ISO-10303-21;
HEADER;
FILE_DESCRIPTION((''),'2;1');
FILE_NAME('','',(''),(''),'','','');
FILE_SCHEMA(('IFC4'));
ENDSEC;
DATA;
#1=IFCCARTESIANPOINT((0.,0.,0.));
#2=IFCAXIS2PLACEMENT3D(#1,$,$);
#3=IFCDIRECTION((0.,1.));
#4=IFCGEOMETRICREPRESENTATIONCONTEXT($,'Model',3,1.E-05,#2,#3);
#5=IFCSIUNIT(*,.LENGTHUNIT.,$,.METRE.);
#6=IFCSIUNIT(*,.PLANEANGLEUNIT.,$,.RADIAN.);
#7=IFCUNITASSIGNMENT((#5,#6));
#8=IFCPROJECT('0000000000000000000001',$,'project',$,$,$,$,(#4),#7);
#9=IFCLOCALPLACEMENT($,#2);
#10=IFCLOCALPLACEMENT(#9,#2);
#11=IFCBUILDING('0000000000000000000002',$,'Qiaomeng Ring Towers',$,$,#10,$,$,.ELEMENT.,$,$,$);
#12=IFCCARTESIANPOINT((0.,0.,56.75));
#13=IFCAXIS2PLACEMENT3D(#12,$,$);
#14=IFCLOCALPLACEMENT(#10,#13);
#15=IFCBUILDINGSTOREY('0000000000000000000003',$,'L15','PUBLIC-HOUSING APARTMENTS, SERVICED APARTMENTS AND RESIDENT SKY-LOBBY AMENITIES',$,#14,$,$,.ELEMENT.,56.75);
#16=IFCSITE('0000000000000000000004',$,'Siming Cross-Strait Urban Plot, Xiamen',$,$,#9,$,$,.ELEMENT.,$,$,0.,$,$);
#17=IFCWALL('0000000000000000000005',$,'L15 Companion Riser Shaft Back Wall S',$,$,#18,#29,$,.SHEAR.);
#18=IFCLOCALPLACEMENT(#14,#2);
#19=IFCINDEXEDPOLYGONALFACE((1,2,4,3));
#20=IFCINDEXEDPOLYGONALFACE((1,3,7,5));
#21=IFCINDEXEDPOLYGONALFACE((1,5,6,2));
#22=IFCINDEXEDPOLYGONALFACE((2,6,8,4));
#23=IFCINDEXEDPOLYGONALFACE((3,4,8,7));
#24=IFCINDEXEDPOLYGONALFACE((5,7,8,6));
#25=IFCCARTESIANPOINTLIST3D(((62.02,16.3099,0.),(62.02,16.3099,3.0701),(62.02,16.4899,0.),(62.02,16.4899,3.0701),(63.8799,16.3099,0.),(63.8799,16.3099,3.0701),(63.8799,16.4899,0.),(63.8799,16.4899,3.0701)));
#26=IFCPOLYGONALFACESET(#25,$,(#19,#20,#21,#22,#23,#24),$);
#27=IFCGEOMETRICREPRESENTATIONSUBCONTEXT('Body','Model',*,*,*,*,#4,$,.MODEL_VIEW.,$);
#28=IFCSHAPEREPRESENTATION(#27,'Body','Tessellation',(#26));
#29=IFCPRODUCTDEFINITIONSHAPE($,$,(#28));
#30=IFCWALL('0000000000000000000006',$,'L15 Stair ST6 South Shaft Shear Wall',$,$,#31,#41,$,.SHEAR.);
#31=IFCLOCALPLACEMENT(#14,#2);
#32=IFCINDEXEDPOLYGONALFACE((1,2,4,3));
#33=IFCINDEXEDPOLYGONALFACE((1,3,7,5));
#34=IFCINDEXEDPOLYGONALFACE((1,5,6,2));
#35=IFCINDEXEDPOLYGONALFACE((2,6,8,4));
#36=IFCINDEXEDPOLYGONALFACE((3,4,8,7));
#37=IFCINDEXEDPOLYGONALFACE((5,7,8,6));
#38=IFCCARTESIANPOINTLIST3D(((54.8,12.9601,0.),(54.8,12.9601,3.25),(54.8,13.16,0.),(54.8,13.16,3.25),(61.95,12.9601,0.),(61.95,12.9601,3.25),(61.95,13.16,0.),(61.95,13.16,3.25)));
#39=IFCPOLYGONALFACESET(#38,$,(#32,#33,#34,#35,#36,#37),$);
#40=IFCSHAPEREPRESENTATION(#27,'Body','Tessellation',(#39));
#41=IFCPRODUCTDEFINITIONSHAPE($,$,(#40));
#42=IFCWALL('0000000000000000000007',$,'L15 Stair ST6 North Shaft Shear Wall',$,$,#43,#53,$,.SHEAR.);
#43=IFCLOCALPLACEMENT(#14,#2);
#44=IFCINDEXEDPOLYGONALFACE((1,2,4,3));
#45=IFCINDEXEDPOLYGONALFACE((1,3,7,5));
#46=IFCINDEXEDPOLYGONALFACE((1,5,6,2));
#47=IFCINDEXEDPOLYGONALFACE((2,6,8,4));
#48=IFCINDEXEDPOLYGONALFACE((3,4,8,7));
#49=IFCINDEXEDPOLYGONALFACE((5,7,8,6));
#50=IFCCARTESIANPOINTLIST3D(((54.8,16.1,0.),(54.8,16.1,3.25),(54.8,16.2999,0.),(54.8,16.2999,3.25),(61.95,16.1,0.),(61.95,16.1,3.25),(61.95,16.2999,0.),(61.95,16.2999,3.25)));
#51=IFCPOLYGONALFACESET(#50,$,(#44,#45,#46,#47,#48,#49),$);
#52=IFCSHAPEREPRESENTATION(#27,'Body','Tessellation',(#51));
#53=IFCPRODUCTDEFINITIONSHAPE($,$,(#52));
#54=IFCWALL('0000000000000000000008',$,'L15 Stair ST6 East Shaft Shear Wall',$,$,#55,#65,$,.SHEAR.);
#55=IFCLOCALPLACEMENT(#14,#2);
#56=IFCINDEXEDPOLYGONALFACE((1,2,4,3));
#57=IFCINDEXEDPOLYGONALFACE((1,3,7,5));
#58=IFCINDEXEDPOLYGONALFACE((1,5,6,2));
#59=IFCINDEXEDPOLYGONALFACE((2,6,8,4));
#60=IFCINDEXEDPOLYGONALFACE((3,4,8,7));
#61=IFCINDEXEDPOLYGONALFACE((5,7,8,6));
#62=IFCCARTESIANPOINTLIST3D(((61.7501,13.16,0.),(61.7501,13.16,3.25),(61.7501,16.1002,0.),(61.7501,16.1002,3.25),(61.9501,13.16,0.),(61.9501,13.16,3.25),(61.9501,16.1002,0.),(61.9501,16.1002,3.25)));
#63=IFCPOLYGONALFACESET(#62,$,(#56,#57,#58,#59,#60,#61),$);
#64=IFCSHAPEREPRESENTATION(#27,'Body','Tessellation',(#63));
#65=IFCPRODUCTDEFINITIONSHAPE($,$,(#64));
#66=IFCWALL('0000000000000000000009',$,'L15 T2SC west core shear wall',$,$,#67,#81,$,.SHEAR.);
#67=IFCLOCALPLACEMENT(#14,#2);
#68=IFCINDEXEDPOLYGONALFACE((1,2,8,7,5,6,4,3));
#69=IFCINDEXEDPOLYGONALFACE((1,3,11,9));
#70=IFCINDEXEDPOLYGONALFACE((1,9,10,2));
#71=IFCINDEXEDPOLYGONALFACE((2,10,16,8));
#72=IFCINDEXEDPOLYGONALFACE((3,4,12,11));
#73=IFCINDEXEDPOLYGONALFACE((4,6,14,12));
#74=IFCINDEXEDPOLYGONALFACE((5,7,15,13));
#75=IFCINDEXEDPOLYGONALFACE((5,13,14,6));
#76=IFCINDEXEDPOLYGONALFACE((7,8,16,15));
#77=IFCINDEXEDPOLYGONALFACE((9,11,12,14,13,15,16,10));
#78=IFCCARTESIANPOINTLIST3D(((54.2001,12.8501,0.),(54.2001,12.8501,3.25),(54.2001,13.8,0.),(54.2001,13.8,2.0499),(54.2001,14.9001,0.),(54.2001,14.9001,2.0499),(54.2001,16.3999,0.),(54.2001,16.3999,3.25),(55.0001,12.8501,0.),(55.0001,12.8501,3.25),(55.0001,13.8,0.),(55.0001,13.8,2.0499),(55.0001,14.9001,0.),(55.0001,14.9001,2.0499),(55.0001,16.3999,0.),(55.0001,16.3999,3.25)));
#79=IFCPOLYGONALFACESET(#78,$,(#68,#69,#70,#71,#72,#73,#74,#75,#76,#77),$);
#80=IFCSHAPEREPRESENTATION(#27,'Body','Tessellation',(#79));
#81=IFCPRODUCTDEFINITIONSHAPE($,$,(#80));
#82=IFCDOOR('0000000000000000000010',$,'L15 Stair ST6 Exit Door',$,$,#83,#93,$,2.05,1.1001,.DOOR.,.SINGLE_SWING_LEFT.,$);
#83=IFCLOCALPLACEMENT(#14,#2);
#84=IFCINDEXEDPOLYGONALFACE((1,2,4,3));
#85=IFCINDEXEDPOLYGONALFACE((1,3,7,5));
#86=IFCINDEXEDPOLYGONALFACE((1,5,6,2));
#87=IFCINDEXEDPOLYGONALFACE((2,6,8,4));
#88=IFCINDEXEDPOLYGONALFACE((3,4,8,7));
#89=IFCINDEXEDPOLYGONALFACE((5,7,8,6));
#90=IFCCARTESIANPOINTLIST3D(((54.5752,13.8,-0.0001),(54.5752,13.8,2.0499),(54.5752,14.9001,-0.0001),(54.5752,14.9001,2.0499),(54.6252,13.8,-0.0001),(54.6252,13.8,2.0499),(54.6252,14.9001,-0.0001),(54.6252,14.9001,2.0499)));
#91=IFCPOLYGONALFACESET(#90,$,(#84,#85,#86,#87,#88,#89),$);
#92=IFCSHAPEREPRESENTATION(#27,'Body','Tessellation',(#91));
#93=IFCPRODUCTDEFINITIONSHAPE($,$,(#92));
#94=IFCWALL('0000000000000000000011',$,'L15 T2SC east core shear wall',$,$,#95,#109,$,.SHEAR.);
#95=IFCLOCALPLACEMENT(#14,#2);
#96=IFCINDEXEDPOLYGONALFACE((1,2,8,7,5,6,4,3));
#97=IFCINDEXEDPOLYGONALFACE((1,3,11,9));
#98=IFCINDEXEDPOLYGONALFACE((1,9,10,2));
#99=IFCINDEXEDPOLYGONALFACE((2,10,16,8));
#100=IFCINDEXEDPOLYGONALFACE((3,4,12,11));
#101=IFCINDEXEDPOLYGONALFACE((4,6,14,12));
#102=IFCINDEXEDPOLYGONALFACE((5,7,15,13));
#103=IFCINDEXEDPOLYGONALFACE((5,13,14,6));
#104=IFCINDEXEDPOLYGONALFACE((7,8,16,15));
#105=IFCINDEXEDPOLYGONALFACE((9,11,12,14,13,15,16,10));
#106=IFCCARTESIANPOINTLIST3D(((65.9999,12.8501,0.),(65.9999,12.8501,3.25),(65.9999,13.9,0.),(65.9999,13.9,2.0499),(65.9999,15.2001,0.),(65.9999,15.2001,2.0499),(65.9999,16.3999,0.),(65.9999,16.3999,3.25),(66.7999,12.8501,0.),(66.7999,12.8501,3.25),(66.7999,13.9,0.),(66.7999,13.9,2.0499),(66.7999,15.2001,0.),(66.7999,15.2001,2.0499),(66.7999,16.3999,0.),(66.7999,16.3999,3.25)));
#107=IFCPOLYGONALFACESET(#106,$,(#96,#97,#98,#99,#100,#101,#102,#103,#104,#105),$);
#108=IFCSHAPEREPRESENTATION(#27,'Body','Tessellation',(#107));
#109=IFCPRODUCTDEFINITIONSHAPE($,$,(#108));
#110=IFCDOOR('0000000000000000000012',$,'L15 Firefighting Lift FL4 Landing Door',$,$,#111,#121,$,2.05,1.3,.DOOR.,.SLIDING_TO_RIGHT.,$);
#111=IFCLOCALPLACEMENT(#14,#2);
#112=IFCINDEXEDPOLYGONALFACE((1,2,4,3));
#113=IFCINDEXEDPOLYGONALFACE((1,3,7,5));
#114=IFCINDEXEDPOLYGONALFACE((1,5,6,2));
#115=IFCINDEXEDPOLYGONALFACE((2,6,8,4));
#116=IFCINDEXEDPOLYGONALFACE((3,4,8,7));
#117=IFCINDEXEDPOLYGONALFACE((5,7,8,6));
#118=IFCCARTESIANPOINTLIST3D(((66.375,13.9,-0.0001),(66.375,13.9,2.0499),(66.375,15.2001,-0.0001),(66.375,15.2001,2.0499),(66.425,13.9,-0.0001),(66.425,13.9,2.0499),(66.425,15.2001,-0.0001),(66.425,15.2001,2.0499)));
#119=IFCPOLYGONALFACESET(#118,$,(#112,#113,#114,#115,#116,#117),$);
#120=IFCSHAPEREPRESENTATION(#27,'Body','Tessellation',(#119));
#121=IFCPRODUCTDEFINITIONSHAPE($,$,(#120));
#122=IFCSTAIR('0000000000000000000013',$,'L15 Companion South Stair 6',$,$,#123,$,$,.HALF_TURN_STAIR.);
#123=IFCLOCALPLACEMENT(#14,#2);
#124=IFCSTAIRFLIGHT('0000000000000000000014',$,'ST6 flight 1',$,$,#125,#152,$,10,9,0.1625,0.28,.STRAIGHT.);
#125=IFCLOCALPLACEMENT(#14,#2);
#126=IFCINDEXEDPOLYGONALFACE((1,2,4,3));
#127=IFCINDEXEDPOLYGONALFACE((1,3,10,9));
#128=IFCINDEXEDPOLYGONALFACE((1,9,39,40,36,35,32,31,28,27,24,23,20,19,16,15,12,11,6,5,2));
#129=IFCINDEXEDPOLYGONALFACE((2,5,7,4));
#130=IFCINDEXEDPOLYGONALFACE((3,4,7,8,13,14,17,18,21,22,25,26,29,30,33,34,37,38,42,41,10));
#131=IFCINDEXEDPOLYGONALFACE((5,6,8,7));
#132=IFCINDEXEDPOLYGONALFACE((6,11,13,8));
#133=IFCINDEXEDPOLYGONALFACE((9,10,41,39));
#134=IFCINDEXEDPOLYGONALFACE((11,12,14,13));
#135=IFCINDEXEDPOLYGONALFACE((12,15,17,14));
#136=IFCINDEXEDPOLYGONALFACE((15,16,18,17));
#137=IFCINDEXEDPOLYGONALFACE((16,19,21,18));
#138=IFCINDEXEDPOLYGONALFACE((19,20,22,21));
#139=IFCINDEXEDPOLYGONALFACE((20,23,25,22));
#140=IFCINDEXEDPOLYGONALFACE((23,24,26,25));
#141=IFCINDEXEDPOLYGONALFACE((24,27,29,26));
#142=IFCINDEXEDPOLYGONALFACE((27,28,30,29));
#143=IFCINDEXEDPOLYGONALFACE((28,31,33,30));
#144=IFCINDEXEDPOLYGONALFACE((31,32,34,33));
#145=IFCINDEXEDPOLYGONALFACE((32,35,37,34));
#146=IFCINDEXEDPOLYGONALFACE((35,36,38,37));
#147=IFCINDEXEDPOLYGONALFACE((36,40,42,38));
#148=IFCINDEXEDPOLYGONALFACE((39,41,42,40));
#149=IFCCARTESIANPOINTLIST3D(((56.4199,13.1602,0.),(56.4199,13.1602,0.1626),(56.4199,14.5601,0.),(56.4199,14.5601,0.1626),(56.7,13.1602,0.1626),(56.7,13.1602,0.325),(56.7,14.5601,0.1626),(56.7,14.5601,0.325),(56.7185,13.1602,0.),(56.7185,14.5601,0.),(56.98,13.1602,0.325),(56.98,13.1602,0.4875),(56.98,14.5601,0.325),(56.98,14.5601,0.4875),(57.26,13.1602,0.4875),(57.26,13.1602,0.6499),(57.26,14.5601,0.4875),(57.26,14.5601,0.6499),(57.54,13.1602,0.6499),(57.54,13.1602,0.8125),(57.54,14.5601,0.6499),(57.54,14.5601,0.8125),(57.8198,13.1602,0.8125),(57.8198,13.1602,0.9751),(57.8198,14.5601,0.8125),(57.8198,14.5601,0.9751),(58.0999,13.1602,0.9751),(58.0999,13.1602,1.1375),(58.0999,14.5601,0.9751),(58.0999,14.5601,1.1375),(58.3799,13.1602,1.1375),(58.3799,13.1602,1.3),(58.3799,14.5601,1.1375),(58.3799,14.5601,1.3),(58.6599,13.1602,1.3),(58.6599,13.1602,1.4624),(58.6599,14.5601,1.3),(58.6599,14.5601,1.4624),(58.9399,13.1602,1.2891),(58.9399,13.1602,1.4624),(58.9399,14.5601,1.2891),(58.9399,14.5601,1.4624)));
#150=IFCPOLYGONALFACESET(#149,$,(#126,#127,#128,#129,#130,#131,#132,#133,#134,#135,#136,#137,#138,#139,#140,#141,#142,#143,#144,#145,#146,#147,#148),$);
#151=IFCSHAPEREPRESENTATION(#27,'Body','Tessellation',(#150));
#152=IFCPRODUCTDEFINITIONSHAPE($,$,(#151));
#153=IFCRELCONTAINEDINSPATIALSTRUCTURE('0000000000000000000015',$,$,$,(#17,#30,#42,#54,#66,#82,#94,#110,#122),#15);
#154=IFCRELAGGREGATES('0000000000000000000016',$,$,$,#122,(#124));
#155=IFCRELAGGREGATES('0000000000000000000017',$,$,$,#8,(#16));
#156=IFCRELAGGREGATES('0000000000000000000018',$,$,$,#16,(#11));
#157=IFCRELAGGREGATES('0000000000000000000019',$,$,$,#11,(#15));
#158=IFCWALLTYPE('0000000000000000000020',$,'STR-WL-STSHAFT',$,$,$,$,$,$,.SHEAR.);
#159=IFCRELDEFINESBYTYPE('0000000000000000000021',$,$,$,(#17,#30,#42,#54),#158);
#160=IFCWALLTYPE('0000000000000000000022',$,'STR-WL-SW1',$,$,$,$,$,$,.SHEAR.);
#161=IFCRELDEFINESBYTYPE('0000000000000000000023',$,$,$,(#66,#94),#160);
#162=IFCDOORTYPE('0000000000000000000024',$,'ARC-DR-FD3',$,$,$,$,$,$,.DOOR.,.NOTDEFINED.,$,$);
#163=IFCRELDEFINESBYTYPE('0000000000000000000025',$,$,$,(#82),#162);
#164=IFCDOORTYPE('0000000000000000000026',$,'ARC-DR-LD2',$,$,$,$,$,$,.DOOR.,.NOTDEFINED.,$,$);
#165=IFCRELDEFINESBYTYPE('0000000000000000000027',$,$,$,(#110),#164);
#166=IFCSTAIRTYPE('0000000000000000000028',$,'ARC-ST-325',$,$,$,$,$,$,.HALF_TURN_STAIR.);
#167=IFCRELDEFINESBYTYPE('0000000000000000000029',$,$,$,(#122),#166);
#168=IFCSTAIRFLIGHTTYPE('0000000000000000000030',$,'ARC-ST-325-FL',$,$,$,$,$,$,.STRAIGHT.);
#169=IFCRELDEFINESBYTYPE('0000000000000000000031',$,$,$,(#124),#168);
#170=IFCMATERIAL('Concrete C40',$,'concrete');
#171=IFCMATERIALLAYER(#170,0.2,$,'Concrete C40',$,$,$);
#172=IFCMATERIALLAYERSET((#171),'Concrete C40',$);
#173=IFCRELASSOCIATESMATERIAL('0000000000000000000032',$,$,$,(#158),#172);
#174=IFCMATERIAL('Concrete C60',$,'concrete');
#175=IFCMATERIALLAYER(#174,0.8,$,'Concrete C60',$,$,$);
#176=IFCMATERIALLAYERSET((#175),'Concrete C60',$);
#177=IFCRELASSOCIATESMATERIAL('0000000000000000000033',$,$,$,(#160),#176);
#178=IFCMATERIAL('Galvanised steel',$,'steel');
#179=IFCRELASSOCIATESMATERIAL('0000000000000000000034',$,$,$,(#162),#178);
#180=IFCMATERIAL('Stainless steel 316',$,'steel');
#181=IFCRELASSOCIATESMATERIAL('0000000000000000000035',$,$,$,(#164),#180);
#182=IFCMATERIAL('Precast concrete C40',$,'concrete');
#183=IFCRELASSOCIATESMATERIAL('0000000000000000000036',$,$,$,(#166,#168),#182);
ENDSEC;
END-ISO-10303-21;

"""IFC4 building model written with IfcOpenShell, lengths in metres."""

from ifc_helpers import new_model, si_unit, direction, frame, frame_2d, origin, place, context, subcontext, project, spatial, polyline, rectangle, outline, extrude, source, transform, mapped, material, layer, layer_set, type_object, element, fill, aggregate, save


model = new_model("IFC4")

# Units and contexts
model_context = context("Model", 3, precision=1e-05, world=origin(), true_north=direction((0.0, 1.0)))
body_context = subcontext(model_context, "Body", "Model", "MODEL_VIEW")
ifc_project = project(units=[si_unit("LENGTHUNIT", "METRE"), si_unit("PLANEANGLEUNIT", "RADIAN")], contexts=[model_context])

# Site, building, storey
site_placement = place(None, origin())
site = spatial("IfcSite", under=ifc_project, at=site_placement, Name="Siming Cross-Strait Urban Plot, Xiamen", CompositionType="ELEMENT", RefElevation=0.0)
building_placement = place(site_placement, origin())
building = spatial("IfcBuilding", under=site, at=building_placement, Name="Qiaomeng Ring Towers", CompositionType="ELEMENT")
storey_placement = place(building_placement, frame((0.0, 0.0, 56.75)))
storey = spatial("IfcBuildingStorey", under=building, at=storey_placement, Name="L15", Description="PUBLIC-HOUSING APARTMENTS, SERVICED APARTMENTS AND RESIDENT SKY-LOBBY AMENITIES", CompositionType="ELEMENT", Elevation=56.75)

# Walls
ifc_material_1 = material(Name="Concrete C40", Category="concrete")
ifc_layer_1 = layer(ifc_material_1, 0.2, Name="Concrete C40")
ifc_layer_set_1 = layer_set([ifc_layer_1], Name="Concrete C40")
wall_type_1 = type_object("IfcWallType", Name="STR-WL-STSHAFT", PredefinedType="SHEAR", material=ifc_layer_set_1)
for number, where, z_axis, x_axis, name in (
    (1, (62.02, 16.3999, 0.0), (0.0, 0.0, 1.0), (1.0, 0.0, 0.0), "L15 Companion Riser Shaft Back Wall S"),
):
    element("IfcWall", number, at=place(storey_placement, frame(where, z_axis=z_axis, x_axis=x_axis)), inside=storey, type_object=wall_type_1, Name=name, PredefinedType="SHEAR", context=body_context, shape_type="SweptSolid", body=[
        extrude(rectangle(XDim=1.8599, YDim=0.1799, at=frame_2d((0.9299, 0.0))), origin(), (0.0, 0.0, 1.0), 3.0701),
    ])
for number, where, z_axis, x_axis, name in (
    (2, (54.8, 13.0601, 0.0), (0.0, 0.0, 1.0), (1.0, 0.0, 0.0), "L15 Stair ST6 South Shaft Shear Wall"),
    (3, (54.8, 16.2, 0.0), (0.0, 0.0, 1.0), (1.0, 0.0, 0.0), "L15 Stair ST6 North Shaft Shear Wall"),
):
    element("IfcWall", number, at=place(storey_placement, frame(where, z_axis=z_axis, x_axis=x_axis)), inside=storey, type_object=wall_type_1, Name=name, PredefinedType="SHEAR", context=body_context, shape_type="SweptSolid", body=[
        extrude(rectangle(XDim=7.1499, YDim=0.2, at=frame_2d((3.575, 0.0))), origin(), (0.0, 0.0, 1.0), 3.25),
    ])
wall_1_placement = place(storey_placement, frame((61.8501, 13.1599, 0.0), z_axis=(0.0, 0.0, 1.0), x_axis=(0.0, 1.0, 0.0)))
element("IfcWall", 4, at=wall_1_placement, inside=storey, type_object=wall_type_1, Name="L15 Stair ST6 East Shaft Shear Wall", PredefinedType="SHEAR", context=body_context, shape_type="SweptSolid", body=[
    extrude(rectangle(XDim=2.9402, YDim=0.2, at=frame_2d((1.4702, 0.0))), origin(), (0.0, 0.0, 1.0), 3.25),
])

# Walls, openings, doors
ifc_material_2 = material(Name="Concrete C60", Category="concrete")
ifc_layer_2 = layer(ifc_material_2, 0.8, Name="Concrete C60")
ifc_layer_set_2 = layer_set([ifc_layer_2], Name="Concrete C60")
wall_type_2 = type_object("IfcWallType", Name="STR-WL-SW1", PredefinedType="SHEAR", material=ifc_layer_set_2)
wall_2_placement = place(storey_placement, frame((54.6001, 12.8501, 0.0), z_axis=(0.0, 0.0, 1.0), x_axis=(0.0, 1.0, 0.0)))
wall_2 = element("IfcWall", 5, at=wall_2_placement, inside=storey, type_object=wall_type_2, Name="L15 T2SC west core shear wall", PredefinedType="SHEAR", context=body_context, shape_type="SweptSolid", body=[
    extrude(rectangle(XDim=3.5498, YDim=0.8, at=frame_2d((1.7749, 0.0))), origin(), (0.0, 0.0, 1.0), 3.25),
])
opening_1_placement = place(wall_2_placement, frame((0.95, 0.0, 0.0)))
opening_1 = element("IfcOpeningElement", 6, at=opening_1_placement, cuts=wall_2, PredefinedType="OPENING", context=body_context, shape_type="SweptSolid", body=[
    extrude(rectangle(XDim=1.1001, YDim=2.05, at=frame_2d((0.55, 1.0249))), frame((0.0, 0.4099, 0.0), z_axis=(0.0, -1.0, 0.0), x_axis=(1.0, 0.0, 0.0)), (0.0, 0.0, 1.0), 0.8201),
])
ifc_material_3 = material(Name="Galvanised steel", Category="steel")
door_type_1 = type_object("IfcDoorType", Name="ARC-DR-FD3", OperationType="NOTDEFINED", PredefinedType="DOOR", material=ifc_material_3)
shared_shape_1 = source(origin(), body_context, "Body", "SweptSolid", [
    extrude(rectangle(XDim=1.1001, YDim=2.05, at=frame_2d((0.55, 1.0249))), frame((0.0, 0.0249, 0.0), z_axis=(0.0, -1.0, 0.0), x_axis=(1.0, 0.0, 0.0)), (0.0, 0.0, 1.0), 0.05),
])
door_1_placement = place(opening_1_placement, origin())
door_1 = element("IfcDoor", 7, at=door_1_placement, inside=storey, type_object=door_type_1, Name="L15 Stair ST6 Exit Door", OperationType="SINGLE_SWING_LEFT", OverallHeight=2.05, OverallWidth=1.1001, PredefinedType="DOOR", context=body_context, shape_type="MappedRepresentation", body=[
    mapped(shared_shape_1, transform((0.0, 0.0, 0.0), x_axis=(1.0, 0.0, 0.0), y_axis=(0.0, 1.0, 0.0), z_axis=(0.0, 0.0, 1.0), scale=1.0)),
])
fill(opening_1, door_1)
wall_3_placement = place(storey_placement, frame((66.3999, 12.8501, 0.0), z_axis=(0.0, 0.0, 1.0), x_axis=(0.0, 1.0, 0.0)))
wall_3 = element("IfcWall", 8, at=wall_3_placement, inside=storey, type_object=wall_type_2, Name="L15 T2SC east core shear wall", PredefinedType="SHEAR", context=body_context, shape_type="SweptSolid", body=[
    extrude(rectangle(XDim=3.5498, YDim=0.8, at=frame_2d((1.7749, 0.0))), origin(), (0.0, 0.0, 1.0), 3.25),
])
opening_2_placement = place(wall_3_placement, frame((1.05, 0.0, 0.0)))
opening_2 = element("IfcOpeningElement", 9, at=opening_2_placement, cuts=wall_3, PredefinedType="OPENING", context=body_context, shape_type="SweptSolid", body=[
    extrude(rectangle(XDim=1.3, YDim=2.05, at=frame_2d((0.6499, 1.0249))), frame((0.0, 0.4099, 0.0), z_axis=(0.0, -1.0, 0.0), x_axis=(1.0, 0.0, 0.0)), (0.0, 0.0, 1.0), 0.8201),
])
ifc_material_4 = material(Name="Stainless steel 316", Category="steel")
door_type_2 = type_object("IfcDoorType", Name="ARC-DR-LD2", OperationType="NOTDEFINED", PredefinedType="DOOR", material=ifc_material_4)
shared_shape_2 = source(origin(), body_context, "Body", "SweptSolid", [
    extrude(rectangle(XDim=1.3, YDim=2.05, at=frame_2d((0.6499, 1.0249))), frame((0.0, 0.0249, 0.0), z_axis=(0.0, -1.0, 0.0), x_axis=(1.0, 0.0, 0.0)), (0.0, 0.0, 1.0), 0.05),
])
door_2_placement = place(opening_2_placement, origin())
door_2 = element("IfcDoor", 10, at=door_2_placement, inside=storey, type_object=door_type_2, Name="L15 Firefighting Lift FL4 Landing Door", OperationType="SLIDING_TO_RIGHT", OverallHeight=2.05, OverallWidth=1.3, PredefinedType="DOOR", context=body_context, shape_type="MappedRepresentation", body=[
    mapped(shared_shape_2, transform((0.0, 0.0, 0.0), x_axis=(1.0, 0.0, 0.0), y_axis=(0.0, 1.0, 0.0), z_axis=(0.0, 0.0, 1.0), scale=1.0)),
])
fill(opening_2, door_2)

# Stair, stair flight
ifc_material_5 = material(Name="Precast concrete C40", Category="concrete")
stair_type = type_object("IfcStairType", Name="ARC-ST-325", PredefinedType="HALF_TURN_STAIR", material=ifc_material_5)
stair_placement = place(storey_placement, origin())
stair = element("IfcStair", 11, at=stair_placement, inside=storey, type_object=stair_type, Name="L15 Companion South Stair 6", PredefinedType="HALF_TURN_STAIR")
stair_flight_type = type_object("IfcStairFlightType", Name="ARC-ST-325-FL", PredefinedType="STRAIGHT", material=ifc_material_5)
shared_shape_3 = source(origin(), body_context, "Body", "SweptSolid", [
    extrude(outline(polyline([(0.0, 0.0), (0.0, 0.1626), (0.28, 0.1626), (0.28, 0.325), (0.5601, 0.325), (0.5601, 0.4875), (0.8401, 0.4875), (0.8401, 0.6499), (1.1201, 0.6499), (1.1201, 0.8125), (1.3999, 0.8125), (1.3999, 0.9751), (1.6799, 0.9751), (1.6799, 1.1375), (1.96, 1.1375), (1.96, 1.3), (2.24, 1.3), (2.24, 1.4624), (2.52, 1.4624), (2.52, 1.625), (2.52, 1.2891), (0.2986, 0.0), (0.0, 0.0)])), frame((0.0, 0.7, 0.0), z_axis=(0.0, -1.0, 0.0), x_axis=(1.0, 0.0, 0.0)), (0.0, 0.0, 1.0), 1.3999),
])
stair_flight_1_placement = place(storey_placement, frame((56.4199, 13.8601, 0.0), z_axis=(0.0, 0.0, 1.0), x_axis=(1.0, 0.0, 0.0)))
stair_flight_1 = element("IfcStairFlight", 12, at=stair_flight_1_placement, type_object=stair_flight_type, Name="ST6 flight 1", NumberOfRisers=10, NumberOfTreads=9, PredefinedType="STRAIGHT", RiserHeight=0.1625, TreadLength=0.28, context=body_context, shape_type="MappedRepresentation", body=[
    mapped(shared_shape_3, transform((0.0, 0.0, 0.0), x_axis=(1.0, 0.0, 0.0), y_axis=(0.0, 1.0, 0.0), z_axis=(0.0, 0.0, 1.0), scale=1.0)),
])
aggregate(stair, [stair_flight_1])

save(model, "model.ifc")
